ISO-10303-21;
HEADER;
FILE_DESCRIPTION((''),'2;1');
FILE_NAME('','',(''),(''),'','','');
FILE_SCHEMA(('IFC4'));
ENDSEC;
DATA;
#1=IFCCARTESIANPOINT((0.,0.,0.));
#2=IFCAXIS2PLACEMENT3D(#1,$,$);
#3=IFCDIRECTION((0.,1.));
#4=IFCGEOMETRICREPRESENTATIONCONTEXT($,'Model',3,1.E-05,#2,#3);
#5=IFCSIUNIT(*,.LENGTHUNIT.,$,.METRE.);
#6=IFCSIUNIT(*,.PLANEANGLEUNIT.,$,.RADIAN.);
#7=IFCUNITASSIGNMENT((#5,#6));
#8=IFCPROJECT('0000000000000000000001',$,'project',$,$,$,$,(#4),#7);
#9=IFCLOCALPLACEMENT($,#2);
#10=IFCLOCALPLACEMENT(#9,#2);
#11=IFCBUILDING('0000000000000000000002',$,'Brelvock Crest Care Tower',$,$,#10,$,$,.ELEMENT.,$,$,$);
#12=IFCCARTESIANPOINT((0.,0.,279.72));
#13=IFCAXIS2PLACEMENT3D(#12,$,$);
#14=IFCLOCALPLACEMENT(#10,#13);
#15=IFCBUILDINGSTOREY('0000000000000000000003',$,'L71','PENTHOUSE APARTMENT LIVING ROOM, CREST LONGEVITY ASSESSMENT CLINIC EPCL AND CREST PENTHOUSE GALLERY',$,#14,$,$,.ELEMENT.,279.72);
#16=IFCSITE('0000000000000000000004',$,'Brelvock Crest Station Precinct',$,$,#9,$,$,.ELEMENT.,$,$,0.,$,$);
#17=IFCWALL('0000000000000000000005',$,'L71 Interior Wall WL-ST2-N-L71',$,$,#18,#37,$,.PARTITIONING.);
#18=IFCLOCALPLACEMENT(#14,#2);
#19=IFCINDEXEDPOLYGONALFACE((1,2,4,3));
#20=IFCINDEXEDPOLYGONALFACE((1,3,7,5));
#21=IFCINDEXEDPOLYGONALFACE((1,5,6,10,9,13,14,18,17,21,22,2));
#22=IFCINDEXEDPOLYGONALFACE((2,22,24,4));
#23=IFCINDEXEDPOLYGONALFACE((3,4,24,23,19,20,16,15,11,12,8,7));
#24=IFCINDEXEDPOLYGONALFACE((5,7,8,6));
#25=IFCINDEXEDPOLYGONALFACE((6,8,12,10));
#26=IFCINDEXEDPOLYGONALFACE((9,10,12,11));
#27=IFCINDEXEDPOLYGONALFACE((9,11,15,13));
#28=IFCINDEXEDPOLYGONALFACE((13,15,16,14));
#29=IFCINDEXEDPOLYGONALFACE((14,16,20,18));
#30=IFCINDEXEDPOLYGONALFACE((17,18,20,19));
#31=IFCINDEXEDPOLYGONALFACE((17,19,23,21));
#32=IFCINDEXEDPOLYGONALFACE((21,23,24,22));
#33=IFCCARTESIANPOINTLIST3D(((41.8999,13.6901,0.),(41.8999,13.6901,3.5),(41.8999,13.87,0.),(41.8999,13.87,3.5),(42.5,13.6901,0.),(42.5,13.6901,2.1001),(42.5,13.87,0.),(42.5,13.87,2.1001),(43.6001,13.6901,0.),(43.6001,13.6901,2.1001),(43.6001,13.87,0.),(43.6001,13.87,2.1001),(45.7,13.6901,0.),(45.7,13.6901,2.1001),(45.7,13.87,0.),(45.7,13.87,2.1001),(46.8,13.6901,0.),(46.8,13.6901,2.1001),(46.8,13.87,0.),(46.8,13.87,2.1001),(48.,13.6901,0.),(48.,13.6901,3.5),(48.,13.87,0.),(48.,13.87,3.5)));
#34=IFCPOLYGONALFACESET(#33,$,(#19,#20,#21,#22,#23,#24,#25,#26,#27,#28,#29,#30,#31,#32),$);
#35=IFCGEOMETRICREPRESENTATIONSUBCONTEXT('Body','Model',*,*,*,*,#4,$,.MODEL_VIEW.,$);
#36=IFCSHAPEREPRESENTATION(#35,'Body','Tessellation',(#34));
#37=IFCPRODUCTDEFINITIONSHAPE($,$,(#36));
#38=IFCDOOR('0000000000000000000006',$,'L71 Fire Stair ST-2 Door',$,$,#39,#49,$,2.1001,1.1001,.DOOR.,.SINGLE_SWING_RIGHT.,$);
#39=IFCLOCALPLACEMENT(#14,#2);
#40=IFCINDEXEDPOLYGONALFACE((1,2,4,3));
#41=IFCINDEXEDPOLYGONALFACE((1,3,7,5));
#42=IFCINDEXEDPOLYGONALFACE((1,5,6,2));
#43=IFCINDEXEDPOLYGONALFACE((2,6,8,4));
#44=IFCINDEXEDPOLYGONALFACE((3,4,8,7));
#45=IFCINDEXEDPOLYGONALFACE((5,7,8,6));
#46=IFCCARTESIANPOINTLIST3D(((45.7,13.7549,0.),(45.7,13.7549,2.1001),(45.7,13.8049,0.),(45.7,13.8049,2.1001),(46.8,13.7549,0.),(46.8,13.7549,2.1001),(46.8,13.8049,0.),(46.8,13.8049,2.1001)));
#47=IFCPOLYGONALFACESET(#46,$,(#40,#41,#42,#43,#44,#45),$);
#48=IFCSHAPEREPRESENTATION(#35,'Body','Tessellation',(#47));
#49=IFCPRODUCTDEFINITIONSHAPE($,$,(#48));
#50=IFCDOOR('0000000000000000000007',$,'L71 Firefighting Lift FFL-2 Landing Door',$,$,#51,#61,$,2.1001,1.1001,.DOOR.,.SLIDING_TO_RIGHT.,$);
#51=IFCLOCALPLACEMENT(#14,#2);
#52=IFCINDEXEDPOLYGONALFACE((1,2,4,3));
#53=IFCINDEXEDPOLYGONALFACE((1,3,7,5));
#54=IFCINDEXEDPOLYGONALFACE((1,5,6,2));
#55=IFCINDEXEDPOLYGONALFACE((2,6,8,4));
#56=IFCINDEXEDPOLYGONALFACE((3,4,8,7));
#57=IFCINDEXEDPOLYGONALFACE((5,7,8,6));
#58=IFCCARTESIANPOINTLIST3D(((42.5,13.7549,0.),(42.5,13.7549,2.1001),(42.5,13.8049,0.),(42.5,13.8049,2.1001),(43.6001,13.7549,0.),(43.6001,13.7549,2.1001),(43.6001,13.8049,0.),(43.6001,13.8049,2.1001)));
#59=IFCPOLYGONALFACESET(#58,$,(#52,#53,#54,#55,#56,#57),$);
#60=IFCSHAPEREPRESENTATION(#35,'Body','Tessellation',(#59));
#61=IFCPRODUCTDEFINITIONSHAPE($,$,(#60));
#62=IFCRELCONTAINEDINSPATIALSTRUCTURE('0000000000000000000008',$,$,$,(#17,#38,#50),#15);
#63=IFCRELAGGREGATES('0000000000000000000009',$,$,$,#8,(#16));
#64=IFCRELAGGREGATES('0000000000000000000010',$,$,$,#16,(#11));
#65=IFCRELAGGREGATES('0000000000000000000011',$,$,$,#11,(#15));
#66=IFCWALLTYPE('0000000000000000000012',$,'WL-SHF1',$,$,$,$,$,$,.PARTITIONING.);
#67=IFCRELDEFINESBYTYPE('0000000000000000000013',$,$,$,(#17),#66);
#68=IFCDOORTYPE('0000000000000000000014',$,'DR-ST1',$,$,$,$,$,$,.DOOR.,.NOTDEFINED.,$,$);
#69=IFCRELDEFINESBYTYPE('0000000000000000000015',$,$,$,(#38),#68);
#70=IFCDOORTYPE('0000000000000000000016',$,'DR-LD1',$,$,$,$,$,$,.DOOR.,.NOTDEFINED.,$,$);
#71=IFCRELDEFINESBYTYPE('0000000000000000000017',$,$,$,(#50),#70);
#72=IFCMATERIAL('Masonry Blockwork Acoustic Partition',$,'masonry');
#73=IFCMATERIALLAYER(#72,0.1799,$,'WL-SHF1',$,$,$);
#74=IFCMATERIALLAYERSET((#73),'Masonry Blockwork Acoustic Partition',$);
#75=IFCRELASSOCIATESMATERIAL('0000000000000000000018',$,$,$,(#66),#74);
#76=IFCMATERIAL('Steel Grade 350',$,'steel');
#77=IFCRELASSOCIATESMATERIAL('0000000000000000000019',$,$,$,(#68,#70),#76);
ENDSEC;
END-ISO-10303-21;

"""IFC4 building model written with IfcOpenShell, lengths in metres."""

from ifc_helpers import new_model, si_unit, direction, frame, frame_2d, origin, origin_2d, place, context, subcontext, project, spatial, rectangle, extrude, source, transform, mapped, material, layer, layer_set, type_object, element, fill, save


model = new_model("IFC4")

# Units and contexts
model_context = context("Model", 3, precision=1e-05, world=origin(), true_north=direction((0.0, 1.0)))
body_context = subcontext(model_context, "Body", "Model", "MODEL_VIEW")
ifc_project = project(units=[si_unit("LENGTHUNIT", "METRE"), si_unit("PLANEANGLEUNIT", "RADIAN")], contexts=[model_context])

# Site, building, storey
site_placement = place(None, origin())
site = spatial("IfcSite", under=ifc_project, at=site_placement, Name="Brelvock Crest Station Precinct", CompositionType="ELEMENT", RefElevation=0.0)
building_placement = place(site_placement, origin())
building = spatial("IfcBuilding", under=site, at=building_placement, Name="Brelvock Crest Care Tower", CompositionType="ELEMENT")
storey_placement = place(building_placement, frame((0.0, 0.0, 279.72)))
storey = spatial("IfcBuildingStorey", under=building, at=storey_placement, Name="L71", Description="PENTHOUSE APARTMENT LIVING ROOM, CREST LONGEVITY ASSESSMENT CLINIC EPCL AND CREST PENTHOUSE GALLERY", CompositionType="ELEMENT", Elevation=279.72)

# Shared definitions
ifc_material_1 = material(Name="Steel Grade 350", Category="steel")

# Shared definitions
ifc_material_2 = material(Name="Masonry Blockwork Acoustic Partition", Category="masonry")

# Wall, openings, doors
ifc_layer_1 = layer(ifc_material_2, 0.1799, Name="WL-SHF1")
ifc_layer_set_1 = layer_set([ifc_layer_1], Name="Masonry Blockwork Acoustic Partition")
wall_type_1 = type_object("IfcWallType", Name="WL-SHF1", PredefinedType="PARTITIONING", material=ifc_layer_set_1)
wall_1_placement = place(storey_placement, frame((41.8999, 13.78, 0.0), z_axis=(0.0, 0.0, 1.0), x_axis=(1.0, 0.0, 0.0)))
wall_1 = element("IfcWall", 1, at=wall_1_placement, inside=storey, type_object=wall_type_1, Name="L71 Interior Wall WL-ST2-N-L71", PredefinedType="PARTITIONING", context=body_context, shape_type="SweptSolid", body=[
    extrude(rectangle(XDim=6.1001, YDim=0.1799, at=frame_2d((3.05, 0.0))), origin(), (0.0, 0.0, 1.0), 3.5),
])
opening_1_placement = place(wall_1_placement, frame((0.6001, 0.0, 0.0)))
opening_1 = element("IfcOpeningElement", 2, at=opening_1_placement, cuts=wall_1, PredefinedType="OPENING", context=body_context, shape_type="SweptSolid", body=[
    extrude(rectangle(XDim=1.1001, YDim=2.1001, at=origin_2d()), frame((0.55, 0.1001, 1.05), z_axis=(0.0, -1.0, 0.0), x_axis=(1.0, 0.0, 0.0)), (0.0, 0.0, 1.0), 0.2),
])
opening_2_placement = place(wall_1_placement, frame((3.8, 0.0, 0.0)))
opening_2 = element("IfcOpeningElement", 3, at=opening_2_placement, cuts=wall_1, PredefinedType="OPENING", context=body_context, shape_type="SweptSolid", body=[
    extrude(rectangle(XDim=1.1001, YDim=2.1001, at=origin_2d()), frame((0.55, 0.1001, 1.05), z_axis=(0.0, -1.0, 0.0), x_axis=(1.0, 0.0, 0.0)), (0.0, 0.0, 1.0), 0.2),
])
door_type_1 = type_object("IfcDoorType", Name="DR-ST1", OperationType="NOTDEFINED", PredefinedType="DOOR", material=ifc_material_1)
shared_shape_1 = source(origin(), body_context, "Body", "SweptSolid", [
    extrude(rectangle(XDim=1.1001, YDim=2.1001, at=origin_2d()), frame((0.55, 0.0249, 1.05), z_axis=(0.0, -1.0, 0.0), x_axis=(1.0, 0.0, 0.0)), (0.0, 0.0, 1.0), 0.05),
])
door_1_placement = place(opening_2_placement, origin())
door_1 = element("IfcDoor", 4, at=door_1_placement, inside=storey, type_object=door_type_1, Name="L71 Fire Stair ST-2 Door", OperationType="SINGLE_SWING_RIGHT", OverallHeight=2.1001, OverallWidth=1.1001, PredefinedType="DOOR", context=body_context, shape_type="MappedRepresentation", body=[
    mapped(shared_shape_1, transform((0.0, 0.0, 0.0), x_axis=(1.0, 0.0, 0.0), y_axis=(0.0, 1.0, 0.0), z_axis=(0.0, 0.0, 1.0), scale=1.0)),
])
fill(opening_2, door_1)
door_type_2 = type_object("IfcDoorType", Name="DR-LD1", OperationType="NOTDEFINED", PredefinedType="DOOR", material=ifc_material_1)
shared_shape_2 = source(origin(), body_context, "Body", "SweptSolid", [
    extrude(rectangle(XDim=1.1001, YDim=2.1001, at=origin_2d()), frame((0.55, 0.0249, 1.05), z_axis=(0.0, -1.0, 0.0), x_axis=(1.0, 0.0, 0.0)), (0.0, 0.0, 1.0), 0.05),
])
door_2_placement = place(opening_1_placement, origin())
door_2 = element("IfcDoor", 5, at=door_2_placement, inside=storey, type_object=door_type_2, Name="L71 Firefighting Lift FFL-2 Landing Door", OperationType="SLIDING_TO_RIGHT", OverallHeight=2.1001, OverallWidth=1.1001, PredefinedType="DOOR", context=body_context, shape_type="MappedRepresentation", body=[
    mapped(shared_shape_2, transform((0.0, 0.0, 0.0), x_axis=(1.0, 0.0, 0.0), y_axis=(0.0, 1.0, 0.0), z_axis=(0.0, 0.0, 1.0), scale=1.0)),
])
fill(opening_1, door_2)

save(model, "model.ifc")
